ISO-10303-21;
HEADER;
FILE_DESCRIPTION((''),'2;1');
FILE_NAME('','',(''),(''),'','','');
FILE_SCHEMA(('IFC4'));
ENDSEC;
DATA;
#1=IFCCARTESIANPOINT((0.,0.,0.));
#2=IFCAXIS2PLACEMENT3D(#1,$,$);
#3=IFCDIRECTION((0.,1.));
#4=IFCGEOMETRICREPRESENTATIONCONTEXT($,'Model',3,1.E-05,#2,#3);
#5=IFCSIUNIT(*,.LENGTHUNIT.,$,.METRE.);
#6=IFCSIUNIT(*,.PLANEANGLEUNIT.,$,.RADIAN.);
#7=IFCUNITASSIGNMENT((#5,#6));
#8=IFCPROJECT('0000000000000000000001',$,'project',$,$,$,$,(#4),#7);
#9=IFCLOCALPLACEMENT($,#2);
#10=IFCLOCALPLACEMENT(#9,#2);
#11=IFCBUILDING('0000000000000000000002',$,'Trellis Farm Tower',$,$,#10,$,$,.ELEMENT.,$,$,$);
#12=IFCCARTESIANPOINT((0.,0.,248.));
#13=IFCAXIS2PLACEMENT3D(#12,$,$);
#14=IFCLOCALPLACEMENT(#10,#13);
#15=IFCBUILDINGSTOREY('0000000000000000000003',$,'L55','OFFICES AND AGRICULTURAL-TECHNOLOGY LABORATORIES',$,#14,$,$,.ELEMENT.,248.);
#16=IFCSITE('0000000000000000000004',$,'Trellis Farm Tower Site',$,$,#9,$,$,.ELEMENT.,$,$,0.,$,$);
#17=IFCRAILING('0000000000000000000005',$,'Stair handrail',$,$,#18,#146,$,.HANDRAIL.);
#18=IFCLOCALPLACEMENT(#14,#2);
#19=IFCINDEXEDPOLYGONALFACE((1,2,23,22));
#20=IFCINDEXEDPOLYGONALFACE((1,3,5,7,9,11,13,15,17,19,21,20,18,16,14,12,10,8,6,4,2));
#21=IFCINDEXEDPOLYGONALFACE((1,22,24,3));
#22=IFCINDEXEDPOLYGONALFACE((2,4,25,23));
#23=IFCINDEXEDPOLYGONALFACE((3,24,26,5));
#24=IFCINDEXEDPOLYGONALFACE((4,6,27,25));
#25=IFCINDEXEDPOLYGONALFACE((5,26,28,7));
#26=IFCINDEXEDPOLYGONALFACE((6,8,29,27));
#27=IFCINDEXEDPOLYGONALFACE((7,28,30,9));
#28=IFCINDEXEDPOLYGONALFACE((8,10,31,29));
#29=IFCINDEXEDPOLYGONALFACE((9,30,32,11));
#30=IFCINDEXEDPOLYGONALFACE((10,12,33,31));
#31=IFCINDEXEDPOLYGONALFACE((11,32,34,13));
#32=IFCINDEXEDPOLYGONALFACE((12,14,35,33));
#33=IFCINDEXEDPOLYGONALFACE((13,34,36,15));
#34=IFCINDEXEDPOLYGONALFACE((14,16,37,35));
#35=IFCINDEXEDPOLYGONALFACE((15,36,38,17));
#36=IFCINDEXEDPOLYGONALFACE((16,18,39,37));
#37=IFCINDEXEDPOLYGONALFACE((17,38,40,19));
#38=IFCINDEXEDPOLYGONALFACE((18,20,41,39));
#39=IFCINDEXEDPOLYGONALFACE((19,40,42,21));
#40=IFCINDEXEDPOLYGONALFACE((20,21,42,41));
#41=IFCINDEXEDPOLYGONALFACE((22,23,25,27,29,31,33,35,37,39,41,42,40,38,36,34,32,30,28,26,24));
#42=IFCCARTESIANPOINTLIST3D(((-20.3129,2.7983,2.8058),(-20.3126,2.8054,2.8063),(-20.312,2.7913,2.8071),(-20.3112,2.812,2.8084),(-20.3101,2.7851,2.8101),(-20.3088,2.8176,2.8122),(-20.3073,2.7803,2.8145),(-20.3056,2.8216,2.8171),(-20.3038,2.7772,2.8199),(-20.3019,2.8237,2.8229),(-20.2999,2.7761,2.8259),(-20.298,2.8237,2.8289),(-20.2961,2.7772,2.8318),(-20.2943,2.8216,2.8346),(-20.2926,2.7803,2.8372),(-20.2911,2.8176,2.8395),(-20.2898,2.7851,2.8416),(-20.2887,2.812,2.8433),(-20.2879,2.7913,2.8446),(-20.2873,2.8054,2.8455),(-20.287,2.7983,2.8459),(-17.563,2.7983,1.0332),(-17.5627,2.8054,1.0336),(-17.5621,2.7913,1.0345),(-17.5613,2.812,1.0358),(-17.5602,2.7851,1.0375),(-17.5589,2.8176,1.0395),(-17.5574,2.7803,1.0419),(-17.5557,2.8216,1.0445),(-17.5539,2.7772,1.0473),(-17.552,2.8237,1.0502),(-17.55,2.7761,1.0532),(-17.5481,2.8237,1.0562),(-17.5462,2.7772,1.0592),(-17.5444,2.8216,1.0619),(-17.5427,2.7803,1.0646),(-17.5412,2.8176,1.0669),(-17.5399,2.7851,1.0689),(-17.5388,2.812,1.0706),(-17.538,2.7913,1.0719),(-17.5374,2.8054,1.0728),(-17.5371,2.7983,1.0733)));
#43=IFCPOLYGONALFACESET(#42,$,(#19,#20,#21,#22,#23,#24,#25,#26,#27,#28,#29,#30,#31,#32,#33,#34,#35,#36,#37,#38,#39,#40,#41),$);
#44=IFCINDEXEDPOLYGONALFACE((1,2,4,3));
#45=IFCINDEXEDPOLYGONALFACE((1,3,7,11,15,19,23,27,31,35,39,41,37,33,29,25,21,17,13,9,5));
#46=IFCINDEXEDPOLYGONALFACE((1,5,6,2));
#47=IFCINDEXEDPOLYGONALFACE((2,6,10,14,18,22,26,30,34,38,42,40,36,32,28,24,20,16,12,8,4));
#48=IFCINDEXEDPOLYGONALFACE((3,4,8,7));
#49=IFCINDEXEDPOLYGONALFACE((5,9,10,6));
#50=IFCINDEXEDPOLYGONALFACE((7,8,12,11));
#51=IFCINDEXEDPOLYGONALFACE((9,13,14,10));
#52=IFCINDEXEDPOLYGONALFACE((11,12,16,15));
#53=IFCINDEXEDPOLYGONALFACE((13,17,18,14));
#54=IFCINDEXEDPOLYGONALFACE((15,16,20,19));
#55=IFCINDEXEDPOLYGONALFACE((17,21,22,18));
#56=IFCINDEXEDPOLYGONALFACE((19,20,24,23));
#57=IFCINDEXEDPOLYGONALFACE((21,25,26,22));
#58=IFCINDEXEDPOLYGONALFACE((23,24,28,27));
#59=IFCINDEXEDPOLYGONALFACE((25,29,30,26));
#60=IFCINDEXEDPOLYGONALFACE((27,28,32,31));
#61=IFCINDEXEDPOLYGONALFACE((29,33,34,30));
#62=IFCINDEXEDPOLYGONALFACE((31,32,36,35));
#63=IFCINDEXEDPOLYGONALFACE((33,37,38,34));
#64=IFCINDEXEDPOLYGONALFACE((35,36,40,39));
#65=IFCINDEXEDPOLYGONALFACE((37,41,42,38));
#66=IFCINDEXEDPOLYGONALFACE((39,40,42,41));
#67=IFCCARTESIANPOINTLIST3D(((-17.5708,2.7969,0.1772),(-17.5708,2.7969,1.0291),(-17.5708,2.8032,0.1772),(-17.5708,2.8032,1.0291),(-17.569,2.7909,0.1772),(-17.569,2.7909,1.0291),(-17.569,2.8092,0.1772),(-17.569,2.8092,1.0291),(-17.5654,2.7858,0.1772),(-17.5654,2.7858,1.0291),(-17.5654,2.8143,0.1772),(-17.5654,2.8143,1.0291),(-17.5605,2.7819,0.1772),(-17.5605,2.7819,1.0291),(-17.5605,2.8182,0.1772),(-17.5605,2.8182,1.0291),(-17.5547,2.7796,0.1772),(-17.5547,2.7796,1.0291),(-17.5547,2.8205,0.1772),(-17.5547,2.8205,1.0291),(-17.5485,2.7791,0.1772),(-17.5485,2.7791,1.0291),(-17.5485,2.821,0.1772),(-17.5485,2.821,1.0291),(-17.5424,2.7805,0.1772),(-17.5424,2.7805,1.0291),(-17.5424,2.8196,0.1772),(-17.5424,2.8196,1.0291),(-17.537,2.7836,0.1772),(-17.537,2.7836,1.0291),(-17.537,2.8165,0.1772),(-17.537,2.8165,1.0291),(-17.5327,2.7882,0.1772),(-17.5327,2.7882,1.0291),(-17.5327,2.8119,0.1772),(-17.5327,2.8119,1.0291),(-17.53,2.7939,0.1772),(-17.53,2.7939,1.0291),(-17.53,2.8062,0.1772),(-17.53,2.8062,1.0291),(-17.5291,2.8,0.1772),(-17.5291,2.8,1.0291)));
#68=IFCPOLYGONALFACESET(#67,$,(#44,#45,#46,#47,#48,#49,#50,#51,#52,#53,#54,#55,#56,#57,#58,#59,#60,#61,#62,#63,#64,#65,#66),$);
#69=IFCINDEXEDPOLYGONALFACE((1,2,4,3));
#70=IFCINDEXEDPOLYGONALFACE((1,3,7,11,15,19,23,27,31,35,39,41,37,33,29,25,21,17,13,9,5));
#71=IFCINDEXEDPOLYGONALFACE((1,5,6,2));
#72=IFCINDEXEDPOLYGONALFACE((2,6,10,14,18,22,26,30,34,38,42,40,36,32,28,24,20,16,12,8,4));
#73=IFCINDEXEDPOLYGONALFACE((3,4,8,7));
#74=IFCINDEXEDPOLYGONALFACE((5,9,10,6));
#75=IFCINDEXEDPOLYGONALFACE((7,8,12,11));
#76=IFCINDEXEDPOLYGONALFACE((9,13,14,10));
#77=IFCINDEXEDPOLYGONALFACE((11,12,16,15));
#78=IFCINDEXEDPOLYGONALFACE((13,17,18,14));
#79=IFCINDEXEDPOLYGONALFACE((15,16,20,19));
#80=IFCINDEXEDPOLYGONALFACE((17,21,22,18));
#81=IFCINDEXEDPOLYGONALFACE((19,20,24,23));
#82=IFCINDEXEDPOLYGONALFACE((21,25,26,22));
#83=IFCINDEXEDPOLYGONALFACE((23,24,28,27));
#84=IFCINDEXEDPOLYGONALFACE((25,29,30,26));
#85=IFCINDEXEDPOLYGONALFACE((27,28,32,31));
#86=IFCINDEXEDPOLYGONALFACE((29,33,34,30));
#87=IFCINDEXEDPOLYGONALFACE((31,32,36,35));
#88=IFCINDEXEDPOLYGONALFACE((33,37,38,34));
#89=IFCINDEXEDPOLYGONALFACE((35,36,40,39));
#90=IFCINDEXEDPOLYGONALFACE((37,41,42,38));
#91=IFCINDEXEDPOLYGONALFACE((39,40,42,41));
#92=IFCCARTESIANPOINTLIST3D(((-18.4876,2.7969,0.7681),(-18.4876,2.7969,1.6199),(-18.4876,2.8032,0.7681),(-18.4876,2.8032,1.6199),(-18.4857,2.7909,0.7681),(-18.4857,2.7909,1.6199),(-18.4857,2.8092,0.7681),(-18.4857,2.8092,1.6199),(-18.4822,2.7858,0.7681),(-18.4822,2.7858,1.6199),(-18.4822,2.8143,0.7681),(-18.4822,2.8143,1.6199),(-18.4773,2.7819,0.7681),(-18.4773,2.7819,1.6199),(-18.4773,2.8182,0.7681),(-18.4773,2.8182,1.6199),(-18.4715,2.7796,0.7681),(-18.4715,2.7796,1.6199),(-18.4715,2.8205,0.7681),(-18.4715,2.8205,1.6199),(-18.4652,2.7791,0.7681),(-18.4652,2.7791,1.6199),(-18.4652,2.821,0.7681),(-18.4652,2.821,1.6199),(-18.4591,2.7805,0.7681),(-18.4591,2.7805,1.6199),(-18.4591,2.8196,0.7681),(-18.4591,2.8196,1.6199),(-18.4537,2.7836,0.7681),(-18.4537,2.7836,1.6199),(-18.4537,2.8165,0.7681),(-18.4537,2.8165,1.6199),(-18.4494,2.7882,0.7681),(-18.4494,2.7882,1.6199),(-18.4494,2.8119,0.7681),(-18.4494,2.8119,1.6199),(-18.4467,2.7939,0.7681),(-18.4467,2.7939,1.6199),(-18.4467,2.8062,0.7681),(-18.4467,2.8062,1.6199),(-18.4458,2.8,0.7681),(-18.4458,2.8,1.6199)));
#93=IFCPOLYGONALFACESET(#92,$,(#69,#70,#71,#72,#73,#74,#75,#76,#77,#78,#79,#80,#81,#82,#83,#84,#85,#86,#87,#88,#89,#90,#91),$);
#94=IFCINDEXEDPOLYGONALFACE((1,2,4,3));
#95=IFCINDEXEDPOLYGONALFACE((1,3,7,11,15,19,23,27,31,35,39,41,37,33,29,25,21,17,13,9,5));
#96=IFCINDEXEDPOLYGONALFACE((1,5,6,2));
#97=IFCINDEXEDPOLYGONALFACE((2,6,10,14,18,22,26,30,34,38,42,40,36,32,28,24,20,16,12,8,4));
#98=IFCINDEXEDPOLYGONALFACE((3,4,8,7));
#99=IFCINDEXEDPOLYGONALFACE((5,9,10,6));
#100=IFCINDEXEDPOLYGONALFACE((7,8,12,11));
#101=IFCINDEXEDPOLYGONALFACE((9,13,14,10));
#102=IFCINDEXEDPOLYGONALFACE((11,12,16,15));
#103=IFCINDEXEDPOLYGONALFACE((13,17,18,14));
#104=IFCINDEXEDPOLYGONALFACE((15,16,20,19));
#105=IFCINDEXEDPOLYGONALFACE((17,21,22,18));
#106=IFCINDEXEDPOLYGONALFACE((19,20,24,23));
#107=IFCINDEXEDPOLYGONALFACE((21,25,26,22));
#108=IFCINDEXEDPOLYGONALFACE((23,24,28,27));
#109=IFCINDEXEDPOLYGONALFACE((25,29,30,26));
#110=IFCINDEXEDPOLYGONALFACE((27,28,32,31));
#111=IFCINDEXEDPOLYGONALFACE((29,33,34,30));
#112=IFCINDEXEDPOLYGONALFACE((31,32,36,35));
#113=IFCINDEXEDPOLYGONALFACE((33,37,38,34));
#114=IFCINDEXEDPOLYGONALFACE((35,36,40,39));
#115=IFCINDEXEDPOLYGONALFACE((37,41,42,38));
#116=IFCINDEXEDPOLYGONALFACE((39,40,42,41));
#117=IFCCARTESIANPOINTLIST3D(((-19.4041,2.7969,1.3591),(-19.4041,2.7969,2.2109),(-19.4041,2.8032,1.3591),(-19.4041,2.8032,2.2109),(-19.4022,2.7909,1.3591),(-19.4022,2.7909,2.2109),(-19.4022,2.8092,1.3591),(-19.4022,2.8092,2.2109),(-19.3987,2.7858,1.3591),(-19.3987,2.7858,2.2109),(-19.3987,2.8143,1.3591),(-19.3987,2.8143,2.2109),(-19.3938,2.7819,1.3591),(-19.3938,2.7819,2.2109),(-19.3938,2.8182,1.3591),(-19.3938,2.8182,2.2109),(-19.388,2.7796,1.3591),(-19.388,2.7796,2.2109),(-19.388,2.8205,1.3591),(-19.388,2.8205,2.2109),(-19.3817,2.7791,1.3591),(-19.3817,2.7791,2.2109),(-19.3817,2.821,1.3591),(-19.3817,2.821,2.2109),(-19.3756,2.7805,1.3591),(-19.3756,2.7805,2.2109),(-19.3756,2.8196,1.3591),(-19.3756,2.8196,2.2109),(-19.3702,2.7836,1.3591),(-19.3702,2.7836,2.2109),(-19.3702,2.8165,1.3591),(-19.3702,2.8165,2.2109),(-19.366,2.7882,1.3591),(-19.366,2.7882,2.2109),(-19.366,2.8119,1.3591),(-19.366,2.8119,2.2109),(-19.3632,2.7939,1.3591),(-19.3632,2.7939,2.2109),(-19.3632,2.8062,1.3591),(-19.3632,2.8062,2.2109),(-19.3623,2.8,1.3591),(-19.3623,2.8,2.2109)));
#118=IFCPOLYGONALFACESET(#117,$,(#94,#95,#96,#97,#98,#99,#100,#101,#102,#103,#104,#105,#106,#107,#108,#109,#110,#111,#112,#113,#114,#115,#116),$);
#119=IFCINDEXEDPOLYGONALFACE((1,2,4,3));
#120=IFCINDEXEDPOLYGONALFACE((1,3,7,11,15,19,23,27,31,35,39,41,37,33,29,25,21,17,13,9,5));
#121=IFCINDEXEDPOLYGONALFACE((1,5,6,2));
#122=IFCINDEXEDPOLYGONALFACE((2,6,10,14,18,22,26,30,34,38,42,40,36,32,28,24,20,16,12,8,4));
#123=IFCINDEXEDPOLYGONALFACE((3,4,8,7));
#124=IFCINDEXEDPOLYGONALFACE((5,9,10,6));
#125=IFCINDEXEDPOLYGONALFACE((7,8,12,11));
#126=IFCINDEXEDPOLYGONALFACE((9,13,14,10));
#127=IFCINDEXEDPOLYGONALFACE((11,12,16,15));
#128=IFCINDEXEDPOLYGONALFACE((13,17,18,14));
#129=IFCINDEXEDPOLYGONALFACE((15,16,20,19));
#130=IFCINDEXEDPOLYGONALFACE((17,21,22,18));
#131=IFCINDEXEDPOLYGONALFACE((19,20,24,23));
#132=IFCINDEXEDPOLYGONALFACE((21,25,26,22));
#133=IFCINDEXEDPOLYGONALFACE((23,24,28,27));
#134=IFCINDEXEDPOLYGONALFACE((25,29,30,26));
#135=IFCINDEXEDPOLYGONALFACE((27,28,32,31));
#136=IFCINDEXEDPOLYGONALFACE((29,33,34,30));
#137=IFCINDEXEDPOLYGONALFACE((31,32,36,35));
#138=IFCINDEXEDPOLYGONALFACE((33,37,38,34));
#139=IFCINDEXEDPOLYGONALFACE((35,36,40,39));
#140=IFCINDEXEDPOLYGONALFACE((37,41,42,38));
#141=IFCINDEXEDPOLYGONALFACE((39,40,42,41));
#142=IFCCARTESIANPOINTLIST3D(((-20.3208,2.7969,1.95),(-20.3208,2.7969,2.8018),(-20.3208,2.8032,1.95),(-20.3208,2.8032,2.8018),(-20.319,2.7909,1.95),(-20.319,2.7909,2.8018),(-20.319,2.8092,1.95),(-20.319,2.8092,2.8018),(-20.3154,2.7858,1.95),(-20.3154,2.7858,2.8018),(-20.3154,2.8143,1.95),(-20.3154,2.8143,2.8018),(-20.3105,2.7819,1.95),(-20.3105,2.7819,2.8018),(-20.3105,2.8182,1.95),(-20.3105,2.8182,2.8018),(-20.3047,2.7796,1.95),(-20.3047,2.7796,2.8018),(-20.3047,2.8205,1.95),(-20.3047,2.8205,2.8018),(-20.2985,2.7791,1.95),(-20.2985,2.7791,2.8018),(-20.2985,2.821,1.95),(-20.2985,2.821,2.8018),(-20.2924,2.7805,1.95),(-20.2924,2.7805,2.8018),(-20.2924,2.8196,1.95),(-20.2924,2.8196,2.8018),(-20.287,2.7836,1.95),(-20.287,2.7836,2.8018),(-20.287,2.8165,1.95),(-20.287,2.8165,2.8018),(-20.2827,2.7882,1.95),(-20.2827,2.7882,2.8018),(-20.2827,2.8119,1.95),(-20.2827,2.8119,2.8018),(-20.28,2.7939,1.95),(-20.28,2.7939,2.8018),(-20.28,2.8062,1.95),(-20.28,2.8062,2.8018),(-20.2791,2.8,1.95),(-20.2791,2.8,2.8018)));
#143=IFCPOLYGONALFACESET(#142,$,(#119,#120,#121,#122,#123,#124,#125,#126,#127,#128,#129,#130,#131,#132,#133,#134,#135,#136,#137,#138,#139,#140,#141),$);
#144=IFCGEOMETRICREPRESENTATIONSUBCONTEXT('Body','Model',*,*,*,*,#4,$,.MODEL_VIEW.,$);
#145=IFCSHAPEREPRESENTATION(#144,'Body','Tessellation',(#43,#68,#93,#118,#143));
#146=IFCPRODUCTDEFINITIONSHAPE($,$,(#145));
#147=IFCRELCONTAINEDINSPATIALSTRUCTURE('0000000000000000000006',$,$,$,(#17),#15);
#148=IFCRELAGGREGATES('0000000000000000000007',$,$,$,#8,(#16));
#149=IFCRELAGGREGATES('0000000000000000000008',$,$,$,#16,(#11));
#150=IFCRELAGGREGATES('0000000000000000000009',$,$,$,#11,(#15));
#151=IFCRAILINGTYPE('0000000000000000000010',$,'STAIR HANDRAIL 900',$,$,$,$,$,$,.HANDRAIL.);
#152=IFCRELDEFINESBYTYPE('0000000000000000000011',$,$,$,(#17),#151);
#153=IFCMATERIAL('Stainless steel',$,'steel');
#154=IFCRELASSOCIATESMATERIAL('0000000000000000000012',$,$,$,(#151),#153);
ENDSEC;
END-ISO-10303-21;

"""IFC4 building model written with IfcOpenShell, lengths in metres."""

from ifc_helpers import new_model, si_unit, direction, frame, origin, origin_2d, place, context, subcontext, project, spatial, circle, extrude, source, transform, mapped, material, type_object, element, save


model = new_model("IFC4")

# Units and contexts
model_context = context("Model", 3, precision=1e-05, world=origin(), true_north=direction((0.0, 1.0)))
body_context = subcontext(model_context, "Body", "Model", "MODEL_VIEW")
ifc_project = project(units=[si_unit("LENGTHUNIT", "METRE"), si_unit("PLANEANGLEUNIT", "RADIAN")], contexts=[model_context])

# Site, building, storey
site_placement = place(None, origin())
site = spatial("IfcSite", under=ifc_project, at=site_placement, Name="Trellis Farm Tower Site", CompositionType="ELEMENT", RefElevation=0.0)
building_placement = place(site_placement, origin())
building = spatial("IfcBuilding", under=site, at=building_placement, Name="Trellis Farm Tower", CompositionType="ELEMENT")
storey_placement = place(building_placement, frame((0.0, 0.0, 248.0)))
storey = spatial("IfcBuildingStorey", under=building, at=storey_placement, Name="L55", Description="OFFICES AND AGRICULTURAL-TECHNOLOGY LABORATORIES", CompositionType="ELEMENT", Elevation=248.0)

# Railing
ifc_material_1 = material(Name="Stainless steel", Category="steel")
railing_type = type_object("IfcRailingType", Name="STAIR HANDRAIL 900", PredefinedType="HANDRAIL", material=ifc_material_1)
shared_shape_1 = source(origin(), body_context, "Body", "SweptSolid", [
    extrude(circle(Radius=0.0239, at=origin_2d()), frame((0.0, 0.0, 0.876), z_axis=(-0.840504, 0.0, 0.541806), x_axis=(0.0, -1.0, 0.0)), (0.0, 0.0, 1.0), 3.2717),
    extrude(circle(Radius=0.021, at=origin_2d()), origin(), (0.0, 0.0, 1.0), 0.8518),
    extrude(circle(Radius=0.021, at=origin_2d()), frame((-0.9167, 0.0, 0.5908)), (0.0, 0.0, 1.0), 0.8518),
    extrude(circle(Radius=0.021, at=origin_2d()), frame((-1.8333, 0.0, 1.1819)), (0.0, 0.0, 1.0), 0.8518),
    extrude(circle(Radius=0.021, at=origin_2d()), frame((-2.75, 0.0, 1.7727)), (0.0, 0.0, 1.0), 0.8518),
])
for number, where, name in (
    (1, (-17.55, 2.8, 0.1772), "Stair handrail"),
):
    element("IfcRailing", number, at=place(storey_placement, frame(where)), inside=storey, type_object=railing_type, Name=name, PredefinedType="HANDRAIL", context=body_context, shape_type="MappedRepresentation", body=[
        mapped(shared_shape_1, transform((0.0, 0.0, 0.0))),
    ])

save(model, "model.ifc")
